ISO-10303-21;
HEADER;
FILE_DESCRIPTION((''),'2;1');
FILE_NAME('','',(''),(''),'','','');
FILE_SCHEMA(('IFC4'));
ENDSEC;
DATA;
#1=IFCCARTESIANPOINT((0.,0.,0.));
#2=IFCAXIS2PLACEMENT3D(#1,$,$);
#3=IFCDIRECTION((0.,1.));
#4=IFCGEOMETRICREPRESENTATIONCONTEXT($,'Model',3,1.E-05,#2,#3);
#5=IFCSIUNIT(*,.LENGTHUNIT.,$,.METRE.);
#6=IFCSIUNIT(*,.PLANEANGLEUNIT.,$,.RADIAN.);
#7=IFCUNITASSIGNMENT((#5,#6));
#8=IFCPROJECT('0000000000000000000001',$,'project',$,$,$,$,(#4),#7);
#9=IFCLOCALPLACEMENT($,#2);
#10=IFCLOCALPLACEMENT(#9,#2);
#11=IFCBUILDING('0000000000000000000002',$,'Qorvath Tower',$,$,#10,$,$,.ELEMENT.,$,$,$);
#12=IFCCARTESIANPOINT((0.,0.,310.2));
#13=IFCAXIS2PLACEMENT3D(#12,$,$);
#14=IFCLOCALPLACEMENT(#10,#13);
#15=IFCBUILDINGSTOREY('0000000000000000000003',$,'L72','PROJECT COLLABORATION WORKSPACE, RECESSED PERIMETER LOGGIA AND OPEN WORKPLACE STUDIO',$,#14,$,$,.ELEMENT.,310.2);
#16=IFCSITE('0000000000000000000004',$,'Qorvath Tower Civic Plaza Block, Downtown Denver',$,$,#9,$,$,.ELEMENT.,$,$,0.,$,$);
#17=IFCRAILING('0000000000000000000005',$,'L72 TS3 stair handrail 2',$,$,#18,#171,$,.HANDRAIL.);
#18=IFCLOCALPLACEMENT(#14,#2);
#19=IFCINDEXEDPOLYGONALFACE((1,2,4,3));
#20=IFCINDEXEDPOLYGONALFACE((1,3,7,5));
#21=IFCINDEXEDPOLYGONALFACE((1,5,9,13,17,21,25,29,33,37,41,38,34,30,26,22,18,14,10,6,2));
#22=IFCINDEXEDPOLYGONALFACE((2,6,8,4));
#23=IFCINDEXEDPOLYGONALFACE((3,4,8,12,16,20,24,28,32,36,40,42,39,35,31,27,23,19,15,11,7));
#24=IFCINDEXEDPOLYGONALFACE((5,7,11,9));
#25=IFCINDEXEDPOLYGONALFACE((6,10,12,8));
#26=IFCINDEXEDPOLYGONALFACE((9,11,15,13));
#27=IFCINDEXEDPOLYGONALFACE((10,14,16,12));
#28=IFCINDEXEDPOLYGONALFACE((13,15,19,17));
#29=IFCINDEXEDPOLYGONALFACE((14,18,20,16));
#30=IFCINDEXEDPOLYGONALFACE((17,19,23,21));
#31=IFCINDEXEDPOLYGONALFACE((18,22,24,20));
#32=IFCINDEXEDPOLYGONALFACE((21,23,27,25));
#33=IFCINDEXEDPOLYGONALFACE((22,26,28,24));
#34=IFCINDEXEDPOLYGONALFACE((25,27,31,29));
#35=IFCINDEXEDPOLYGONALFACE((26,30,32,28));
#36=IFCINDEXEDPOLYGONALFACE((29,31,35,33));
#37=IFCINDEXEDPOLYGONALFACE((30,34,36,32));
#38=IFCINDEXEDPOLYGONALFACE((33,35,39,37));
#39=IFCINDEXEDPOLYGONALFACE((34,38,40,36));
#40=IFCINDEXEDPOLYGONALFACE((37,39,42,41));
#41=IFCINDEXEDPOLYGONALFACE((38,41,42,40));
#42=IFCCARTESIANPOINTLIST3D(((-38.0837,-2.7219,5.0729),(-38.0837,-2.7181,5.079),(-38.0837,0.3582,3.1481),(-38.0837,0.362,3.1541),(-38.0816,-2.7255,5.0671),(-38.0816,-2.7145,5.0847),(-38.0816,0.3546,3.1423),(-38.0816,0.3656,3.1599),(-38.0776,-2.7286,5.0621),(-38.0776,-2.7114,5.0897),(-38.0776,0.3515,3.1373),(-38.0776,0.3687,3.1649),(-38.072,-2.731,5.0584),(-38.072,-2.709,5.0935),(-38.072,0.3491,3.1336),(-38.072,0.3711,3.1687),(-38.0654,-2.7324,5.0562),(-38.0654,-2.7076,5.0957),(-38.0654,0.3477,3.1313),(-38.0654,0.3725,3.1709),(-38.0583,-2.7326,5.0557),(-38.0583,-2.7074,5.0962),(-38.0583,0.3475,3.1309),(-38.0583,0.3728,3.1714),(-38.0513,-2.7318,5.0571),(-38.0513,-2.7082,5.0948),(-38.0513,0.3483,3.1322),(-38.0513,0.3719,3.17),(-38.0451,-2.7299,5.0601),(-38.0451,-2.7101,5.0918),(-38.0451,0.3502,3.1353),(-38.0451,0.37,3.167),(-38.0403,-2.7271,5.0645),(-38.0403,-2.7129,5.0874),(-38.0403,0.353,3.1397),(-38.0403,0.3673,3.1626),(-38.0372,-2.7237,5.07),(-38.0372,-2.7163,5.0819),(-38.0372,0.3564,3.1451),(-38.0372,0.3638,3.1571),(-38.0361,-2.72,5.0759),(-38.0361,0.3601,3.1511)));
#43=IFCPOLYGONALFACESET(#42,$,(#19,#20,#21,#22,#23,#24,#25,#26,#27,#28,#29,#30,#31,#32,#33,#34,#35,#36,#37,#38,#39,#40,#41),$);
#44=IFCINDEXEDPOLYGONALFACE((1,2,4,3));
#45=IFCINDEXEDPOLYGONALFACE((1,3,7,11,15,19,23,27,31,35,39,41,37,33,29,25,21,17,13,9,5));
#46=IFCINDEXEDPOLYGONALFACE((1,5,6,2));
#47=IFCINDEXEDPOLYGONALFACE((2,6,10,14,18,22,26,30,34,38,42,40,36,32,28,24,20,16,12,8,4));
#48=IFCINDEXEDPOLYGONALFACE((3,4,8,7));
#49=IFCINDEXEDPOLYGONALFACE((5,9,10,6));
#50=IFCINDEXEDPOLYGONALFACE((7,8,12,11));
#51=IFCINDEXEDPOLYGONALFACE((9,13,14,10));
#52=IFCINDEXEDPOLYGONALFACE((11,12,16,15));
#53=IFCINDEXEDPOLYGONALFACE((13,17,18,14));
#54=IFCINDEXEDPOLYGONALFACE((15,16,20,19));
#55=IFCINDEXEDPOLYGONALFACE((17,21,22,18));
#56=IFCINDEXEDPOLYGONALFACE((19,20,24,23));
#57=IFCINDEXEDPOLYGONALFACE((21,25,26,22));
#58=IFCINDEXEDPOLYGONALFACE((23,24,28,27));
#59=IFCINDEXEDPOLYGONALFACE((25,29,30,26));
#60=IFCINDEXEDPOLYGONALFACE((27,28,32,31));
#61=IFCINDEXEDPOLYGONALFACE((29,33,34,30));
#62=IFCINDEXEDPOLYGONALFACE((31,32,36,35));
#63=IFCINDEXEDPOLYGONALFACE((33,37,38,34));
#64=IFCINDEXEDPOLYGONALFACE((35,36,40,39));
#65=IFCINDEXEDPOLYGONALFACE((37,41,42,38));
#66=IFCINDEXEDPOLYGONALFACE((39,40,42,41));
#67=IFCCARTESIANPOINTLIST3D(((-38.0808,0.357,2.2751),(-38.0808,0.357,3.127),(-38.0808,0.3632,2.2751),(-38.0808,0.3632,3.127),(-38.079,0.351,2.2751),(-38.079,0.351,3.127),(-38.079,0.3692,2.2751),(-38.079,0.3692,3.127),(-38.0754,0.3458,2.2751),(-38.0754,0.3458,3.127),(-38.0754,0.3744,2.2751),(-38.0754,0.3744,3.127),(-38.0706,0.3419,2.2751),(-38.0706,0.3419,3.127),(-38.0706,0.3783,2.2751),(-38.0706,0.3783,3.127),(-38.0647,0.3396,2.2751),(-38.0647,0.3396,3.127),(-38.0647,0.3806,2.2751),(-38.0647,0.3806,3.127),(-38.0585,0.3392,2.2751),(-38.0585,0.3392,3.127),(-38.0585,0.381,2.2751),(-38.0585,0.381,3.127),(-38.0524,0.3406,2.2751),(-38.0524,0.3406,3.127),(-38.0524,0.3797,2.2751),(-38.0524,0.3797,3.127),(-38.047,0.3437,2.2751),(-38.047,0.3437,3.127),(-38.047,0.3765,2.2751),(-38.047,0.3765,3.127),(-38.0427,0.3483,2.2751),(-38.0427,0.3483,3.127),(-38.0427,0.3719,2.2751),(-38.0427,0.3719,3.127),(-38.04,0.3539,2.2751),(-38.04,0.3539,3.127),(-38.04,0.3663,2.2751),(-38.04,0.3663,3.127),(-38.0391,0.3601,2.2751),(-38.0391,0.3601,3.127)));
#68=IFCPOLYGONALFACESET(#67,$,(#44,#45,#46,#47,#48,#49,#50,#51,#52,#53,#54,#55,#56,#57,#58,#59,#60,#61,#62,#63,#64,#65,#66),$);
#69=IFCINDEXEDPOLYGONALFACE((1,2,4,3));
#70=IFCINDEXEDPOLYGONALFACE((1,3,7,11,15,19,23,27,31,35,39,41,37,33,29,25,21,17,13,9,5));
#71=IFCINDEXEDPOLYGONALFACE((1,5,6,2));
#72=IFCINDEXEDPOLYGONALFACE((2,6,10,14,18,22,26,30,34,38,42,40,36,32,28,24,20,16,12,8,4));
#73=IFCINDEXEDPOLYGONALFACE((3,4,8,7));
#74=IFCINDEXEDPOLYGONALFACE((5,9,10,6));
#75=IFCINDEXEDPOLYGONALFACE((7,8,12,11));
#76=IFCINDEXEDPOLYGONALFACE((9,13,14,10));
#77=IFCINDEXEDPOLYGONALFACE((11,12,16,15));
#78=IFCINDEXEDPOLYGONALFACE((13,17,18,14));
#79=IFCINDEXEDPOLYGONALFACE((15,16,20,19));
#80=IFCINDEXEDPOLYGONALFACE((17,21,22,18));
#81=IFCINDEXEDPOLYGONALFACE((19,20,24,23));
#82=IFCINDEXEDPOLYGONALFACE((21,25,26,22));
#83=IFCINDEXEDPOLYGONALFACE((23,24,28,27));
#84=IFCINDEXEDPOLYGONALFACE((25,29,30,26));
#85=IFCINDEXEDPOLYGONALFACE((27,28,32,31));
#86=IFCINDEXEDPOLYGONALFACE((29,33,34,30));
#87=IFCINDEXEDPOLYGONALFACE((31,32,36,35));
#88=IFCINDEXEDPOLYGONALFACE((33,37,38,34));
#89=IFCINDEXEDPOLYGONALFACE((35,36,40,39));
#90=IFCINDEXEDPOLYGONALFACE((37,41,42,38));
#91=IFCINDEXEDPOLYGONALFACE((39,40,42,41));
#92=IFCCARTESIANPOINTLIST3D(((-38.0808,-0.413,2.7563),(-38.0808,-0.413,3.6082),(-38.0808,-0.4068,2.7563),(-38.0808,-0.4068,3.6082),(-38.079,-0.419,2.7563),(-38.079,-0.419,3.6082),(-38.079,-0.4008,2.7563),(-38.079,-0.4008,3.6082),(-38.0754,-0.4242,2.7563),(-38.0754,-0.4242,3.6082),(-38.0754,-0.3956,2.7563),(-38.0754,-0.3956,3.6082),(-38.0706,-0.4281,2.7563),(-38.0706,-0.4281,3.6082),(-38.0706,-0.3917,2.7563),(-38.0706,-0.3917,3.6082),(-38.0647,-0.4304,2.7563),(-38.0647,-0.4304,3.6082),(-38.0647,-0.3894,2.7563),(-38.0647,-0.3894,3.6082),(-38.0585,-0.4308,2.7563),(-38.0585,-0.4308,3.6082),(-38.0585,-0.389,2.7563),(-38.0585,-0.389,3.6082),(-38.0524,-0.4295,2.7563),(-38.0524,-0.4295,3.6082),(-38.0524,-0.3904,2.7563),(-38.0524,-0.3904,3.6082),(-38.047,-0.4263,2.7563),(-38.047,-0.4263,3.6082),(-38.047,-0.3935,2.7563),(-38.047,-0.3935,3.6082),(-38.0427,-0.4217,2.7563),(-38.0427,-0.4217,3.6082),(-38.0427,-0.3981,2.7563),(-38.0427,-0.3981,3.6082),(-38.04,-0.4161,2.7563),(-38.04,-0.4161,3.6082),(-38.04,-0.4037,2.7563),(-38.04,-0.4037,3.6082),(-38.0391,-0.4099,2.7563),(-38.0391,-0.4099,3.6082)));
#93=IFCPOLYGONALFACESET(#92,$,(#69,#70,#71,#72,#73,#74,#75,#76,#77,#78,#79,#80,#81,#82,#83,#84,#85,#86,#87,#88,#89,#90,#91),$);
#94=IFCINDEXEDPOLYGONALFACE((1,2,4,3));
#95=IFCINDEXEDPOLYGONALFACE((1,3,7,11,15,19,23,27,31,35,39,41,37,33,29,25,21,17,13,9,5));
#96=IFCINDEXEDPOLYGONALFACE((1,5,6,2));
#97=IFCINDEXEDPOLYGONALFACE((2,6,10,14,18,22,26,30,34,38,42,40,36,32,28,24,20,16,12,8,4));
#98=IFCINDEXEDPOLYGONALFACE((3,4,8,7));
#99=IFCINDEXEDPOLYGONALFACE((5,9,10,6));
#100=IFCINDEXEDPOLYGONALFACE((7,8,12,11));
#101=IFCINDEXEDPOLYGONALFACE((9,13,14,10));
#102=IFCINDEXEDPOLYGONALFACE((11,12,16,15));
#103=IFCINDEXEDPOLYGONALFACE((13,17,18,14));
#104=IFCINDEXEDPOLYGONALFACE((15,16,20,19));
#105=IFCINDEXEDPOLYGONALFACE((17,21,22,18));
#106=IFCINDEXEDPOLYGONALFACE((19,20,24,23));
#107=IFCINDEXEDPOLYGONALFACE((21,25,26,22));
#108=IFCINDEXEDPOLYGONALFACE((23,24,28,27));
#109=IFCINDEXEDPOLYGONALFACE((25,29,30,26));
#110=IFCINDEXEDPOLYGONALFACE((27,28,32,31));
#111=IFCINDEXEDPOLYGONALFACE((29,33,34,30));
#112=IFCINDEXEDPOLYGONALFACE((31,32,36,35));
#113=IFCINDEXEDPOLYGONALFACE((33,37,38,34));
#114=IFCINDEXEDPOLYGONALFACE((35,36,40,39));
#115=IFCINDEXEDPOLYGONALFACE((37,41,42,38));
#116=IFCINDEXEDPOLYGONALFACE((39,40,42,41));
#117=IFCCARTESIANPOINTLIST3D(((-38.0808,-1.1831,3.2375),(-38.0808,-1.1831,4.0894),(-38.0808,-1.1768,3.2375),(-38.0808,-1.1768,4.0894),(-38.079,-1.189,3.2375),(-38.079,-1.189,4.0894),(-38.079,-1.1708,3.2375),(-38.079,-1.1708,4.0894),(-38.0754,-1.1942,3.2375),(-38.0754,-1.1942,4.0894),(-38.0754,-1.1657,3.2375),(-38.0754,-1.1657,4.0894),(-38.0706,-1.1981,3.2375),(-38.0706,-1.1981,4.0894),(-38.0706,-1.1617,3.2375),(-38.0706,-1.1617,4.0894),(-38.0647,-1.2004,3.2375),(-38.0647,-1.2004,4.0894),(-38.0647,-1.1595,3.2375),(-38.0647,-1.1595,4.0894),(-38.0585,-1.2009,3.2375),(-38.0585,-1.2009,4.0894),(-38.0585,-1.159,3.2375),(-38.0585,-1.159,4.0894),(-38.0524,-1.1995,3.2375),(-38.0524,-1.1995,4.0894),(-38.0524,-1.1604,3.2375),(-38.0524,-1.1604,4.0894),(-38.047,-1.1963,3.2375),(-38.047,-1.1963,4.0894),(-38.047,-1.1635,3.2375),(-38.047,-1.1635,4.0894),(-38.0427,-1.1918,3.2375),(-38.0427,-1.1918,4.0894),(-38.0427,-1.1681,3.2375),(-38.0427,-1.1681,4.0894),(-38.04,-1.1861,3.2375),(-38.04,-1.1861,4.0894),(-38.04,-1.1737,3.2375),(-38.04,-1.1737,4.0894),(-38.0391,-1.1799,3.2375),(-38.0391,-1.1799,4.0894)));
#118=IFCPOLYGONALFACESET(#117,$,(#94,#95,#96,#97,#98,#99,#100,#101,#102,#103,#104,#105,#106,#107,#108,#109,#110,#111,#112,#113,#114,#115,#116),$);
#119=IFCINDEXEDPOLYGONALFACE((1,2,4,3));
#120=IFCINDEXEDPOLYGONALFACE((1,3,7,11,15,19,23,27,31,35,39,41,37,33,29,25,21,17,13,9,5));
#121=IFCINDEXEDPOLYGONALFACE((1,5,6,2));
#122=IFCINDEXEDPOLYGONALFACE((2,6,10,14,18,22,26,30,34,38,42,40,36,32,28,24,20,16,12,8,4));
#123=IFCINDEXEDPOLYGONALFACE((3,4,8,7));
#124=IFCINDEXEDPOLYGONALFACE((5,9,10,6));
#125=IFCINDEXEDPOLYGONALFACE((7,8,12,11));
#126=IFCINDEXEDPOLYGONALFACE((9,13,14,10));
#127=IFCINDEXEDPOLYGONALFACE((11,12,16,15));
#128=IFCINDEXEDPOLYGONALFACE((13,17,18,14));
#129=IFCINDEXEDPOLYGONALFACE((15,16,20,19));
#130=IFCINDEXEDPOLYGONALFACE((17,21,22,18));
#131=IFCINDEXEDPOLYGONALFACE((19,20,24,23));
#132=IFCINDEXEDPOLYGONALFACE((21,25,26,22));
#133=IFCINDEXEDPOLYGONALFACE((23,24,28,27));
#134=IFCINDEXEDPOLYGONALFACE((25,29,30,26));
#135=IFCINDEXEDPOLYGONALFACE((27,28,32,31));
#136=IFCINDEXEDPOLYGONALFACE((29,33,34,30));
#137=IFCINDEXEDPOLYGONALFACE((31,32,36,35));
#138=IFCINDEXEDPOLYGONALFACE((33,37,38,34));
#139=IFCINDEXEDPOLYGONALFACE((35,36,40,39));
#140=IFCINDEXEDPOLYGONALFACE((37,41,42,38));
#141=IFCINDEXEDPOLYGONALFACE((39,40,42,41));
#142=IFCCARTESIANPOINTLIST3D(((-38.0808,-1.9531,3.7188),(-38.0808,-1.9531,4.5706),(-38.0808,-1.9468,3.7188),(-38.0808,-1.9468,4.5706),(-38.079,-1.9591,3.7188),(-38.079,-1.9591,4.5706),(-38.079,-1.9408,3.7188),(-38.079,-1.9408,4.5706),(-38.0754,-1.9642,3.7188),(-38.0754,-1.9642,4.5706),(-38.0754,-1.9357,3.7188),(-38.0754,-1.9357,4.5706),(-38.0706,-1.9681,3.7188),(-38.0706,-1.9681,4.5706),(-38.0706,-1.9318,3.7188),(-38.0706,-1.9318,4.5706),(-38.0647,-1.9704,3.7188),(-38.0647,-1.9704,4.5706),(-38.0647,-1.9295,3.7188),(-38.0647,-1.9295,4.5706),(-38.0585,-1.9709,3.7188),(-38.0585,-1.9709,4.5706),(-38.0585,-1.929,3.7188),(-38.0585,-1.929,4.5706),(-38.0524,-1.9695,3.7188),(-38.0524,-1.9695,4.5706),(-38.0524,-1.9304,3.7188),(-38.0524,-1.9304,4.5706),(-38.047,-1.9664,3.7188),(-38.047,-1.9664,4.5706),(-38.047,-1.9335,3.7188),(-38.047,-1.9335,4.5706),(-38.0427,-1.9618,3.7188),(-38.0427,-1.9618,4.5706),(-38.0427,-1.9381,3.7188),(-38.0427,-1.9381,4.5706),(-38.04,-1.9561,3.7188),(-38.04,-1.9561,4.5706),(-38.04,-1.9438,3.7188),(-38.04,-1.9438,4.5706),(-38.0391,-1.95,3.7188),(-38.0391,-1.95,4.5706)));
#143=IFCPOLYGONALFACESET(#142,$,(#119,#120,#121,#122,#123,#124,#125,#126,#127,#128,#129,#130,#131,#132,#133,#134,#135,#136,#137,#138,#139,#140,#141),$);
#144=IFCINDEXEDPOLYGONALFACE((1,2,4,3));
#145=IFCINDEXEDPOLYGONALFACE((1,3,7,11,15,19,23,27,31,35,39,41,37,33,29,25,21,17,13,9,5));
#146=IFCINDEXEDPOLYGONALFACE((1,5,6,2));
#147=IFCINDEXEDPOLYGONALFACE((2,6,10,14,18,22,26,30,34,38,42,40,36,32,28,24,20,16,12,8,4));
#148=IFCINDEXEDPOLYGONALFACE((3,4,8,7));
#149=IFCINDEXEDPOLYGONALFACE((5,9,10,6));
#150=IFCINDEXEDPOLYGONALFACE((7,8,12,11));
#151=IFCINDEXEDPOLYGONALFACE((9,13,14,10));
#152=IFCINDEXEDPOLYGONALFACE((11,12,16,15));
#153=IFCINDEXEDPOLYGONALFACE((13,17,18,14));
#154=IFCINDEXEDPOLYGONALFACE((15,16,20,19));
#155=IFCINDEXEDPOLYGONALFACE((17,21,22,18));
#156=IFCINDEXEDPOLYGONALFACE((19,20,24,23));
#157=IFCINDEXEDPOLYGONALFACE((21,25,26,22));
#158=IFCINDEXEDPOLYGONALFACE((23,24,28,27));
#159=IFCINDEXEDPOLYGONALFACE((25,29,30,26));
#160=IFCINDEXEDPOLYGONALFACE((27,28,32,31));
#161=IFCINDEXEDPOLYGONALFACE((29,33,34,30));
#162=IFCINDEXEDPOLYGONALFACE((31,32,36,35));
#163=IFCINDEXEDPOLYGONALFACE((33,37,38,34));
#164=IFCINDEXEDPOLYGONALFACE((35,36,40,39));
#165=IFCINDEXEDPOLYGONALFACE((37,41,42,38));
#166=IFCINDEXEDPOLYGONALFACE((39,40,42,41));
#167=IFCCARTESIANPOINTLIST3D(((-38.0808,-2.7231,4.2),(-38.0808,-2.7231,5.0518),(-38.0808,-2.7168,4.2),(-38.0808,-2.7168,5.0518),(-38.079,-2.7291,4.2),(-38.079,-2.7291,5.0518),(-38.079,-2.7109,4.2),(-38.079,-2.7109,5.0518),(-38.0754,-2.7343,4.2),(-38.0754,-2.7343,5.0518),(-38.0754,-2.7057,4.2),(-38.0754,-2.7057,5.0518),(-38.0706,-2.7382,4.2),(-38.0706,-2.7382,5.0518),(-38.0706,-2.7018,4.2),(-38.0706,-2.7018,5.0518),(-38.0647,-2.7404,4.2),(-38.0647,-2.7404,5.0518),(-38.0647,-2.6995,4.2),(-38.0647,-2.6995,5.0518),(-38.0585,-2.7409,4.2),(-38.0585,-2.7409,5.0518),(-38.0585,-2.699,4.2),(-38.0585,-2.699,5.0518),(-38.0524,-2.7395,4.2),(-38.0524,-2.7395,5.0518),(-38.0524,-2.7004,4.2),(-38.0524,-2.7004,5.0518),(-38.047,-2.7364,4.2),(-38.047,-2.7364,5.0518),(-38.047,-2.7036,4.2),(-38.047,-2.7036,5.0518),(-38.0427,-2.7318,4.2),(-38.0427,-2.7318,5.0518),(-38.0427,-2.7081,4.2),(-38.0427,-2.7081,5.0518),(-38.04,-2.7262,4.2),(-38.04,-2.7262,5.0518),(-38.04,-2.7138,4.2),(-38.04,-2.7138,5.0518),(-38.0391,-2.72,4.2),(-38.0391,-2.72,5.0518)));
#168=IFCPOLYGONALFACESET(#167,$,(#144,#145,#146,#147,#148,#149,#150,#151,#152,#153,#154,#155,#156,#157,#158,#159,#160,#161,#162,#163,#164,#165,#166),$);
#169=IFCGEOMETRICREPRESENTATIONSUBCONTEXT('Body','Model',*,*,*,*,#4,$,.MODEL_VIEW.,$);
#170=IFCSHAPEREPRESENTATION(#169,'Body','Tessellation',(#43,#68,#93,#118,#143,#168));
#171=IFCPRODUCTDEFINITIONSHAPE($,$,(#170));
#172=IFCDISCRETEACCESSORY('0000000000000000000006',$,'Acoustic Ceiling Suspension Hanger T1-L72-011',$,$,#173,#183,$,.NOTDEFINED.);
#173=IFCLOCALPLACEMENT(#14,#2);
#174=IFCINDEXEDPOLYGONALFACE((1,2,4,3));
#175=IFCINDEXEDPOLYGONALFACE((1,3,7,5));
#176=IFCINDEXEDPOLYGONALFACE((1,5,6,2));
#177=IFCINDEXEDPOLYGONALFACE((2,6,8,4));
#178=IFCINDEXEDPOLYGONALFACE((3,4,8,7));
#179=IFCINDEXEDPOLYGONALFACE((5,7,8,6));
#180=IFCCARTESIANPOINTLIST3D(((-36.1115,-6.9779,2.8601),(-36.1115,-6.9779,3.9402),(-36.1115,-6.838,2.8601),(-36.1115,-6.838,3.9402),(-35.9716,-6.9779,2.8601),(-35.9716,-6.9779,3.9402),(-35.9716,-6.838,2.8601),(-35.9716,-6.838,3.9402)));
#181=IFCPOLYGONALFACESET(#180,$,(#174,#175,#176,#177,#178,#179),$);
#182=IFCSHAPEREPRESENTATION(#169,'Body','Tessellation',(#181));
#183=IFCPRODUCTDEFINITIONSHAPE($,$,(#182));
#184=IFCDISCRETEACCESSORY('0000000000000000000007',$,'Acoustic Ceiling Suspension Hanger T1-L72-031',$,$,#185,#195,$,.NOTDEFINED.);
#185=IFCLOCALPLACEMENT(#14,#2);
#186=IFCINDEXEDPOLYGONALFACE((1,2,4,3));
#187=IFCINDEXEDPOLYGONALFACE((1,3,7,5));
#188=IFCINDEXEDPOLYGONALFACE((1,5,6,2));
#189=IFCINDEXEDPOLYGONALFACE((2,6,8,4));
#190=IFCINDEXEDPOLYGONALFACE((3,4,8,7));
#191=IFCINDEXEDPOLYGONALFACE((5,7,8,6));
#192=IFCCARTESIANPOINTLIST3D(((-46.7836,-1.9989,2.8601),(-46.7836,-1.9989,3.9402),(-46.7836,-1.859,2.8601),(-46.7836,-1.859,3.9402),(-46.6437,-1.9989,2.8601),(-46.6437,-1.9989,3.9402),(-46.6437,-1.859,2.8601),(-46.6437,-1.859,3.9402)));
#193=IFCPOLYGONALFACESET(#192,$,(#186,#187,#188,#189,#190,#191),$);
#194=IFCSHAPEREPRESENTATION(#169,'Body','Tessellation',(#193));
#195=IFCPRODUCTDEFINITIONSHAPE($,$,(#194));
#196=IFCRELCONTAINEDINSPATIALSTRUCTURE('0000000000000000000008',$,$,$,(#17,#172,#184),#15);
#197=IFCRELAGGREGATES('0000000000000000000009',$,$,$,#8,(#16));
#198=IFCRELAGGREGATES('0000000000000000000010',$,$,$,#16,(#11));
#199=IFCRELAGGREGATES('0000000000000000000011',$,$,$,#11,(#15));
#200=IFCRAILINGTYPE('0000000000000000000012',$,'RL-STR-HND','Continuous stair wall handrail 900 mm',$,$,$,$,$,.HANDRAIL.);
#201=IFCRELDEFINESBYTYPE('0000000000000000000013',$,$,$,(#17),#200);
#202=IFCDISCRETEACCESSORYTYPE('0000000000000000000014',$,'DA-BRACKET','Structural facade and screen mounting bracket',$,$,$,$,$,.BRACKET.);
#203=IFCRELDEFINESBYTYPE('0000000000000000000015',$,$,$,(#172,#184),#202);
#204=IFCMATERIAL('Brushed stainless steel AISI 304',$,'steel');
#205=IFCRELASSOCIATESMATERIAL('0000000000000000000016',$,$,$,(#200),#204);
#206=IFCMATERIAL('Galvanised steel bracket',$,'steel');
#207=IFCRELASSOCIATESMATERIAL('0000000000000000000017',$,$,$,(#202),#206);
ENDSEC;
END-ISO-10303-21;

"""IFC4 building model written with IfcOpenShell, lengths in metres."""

from ifc_helpers import new_model, si_unit, direction, frame, origin, origin_2d, place, context, subcontext, project, spatial, rectangle, circle, extrude, material, type_object, element, save


model = new_model("IFC4")

# Units and contexts
model_context = context("Model", 3, precision=1e-05, world=origin(), true_north=direction((0.0, 1.0)))
body_context = subcontext(model_context, "Body", "Model", "MODEL_VIEW")
ifc_project = project(units=[si_unit("LENGTHUNIT", "METRE"), si_unit("PLANEANGLEUNIT", "RADIAN")], contexts=[model_context])

# Site, building, storey
site_placement = place(None, origin())
site = spatial("IfcSite", under=ifc_project, at=site_placement, Name="Qorvath Tower Civic Plaza Block, Downtown Denver", CompositionType="ELEMENT", RefElevation=0.0)
building_placement = place(site_placement, origin())
building = spatial("IfcBuilding", under=site, at=building_placement, Name="Qorvath Tower", CompositionType="ELEMENT")
storey_placement = place(building_placement, frame((0.0, 0.0, 310.2)))
storey = spatial("IfcBuildingStorey", under=building, at=storey_placement, Name="L72", Description="PROJECT COLLABORATION WORKSPACE, RECESSED PERIMETER LOGGIA AND OPEN WORKPLACE STUDIO", CompositionType="ELEMENT", Elevation=310.2)

# Railing
ifc_material_1 = material(Name="Brushed stainless steel AISI 304", Category="steel")
railing_type_1 = type_object("IfcRailingType", Name="RL-STR-HND", Description="Continuous stair wall handrail 900 mm", PredefinedType="HANDRAIL", material=ifc_material_1)
railing_1_placement = place(storey_placement, frame((-38.0601, 0.3601, 2.2751)))
element("IfcRailing", 1, at=railing_1_placement, inside=storey, type_object=railing_type_1, Name="L72 TS3 stair handrail 2", PredefinedType="HANDRAIL", context=body_context, shape_type="SweptSolid", body=[
    extrude(circle(Radius=0.0239, at=origin_2d()), frame((0.0, 0.0, 0.876), z_axis=(0.0, -0.848029, 0.529951), x_axis=(1.0, 0.0, 0.0)), (0.0, 0.0, 1.0), 3.6321),
    extrude(circle(Radius=0.021, at=origin_2d()), origin(), (0.0, 0.0, 1.0), 0.8518),
    extrude(circle(Radius=0.021, at=origin_2d()), frame((0.0, -0.77, 0.4812)), (0.0, 0.0, 1.0), 0.8518),
    extrude(circle(Radius=0.021, at=origin_2d()), frame((0.0, -1.54, 0.9624)), (0.0, 0.0, 1.0), 0.8518),
    extrude(circle(Radius=0.021, at=origin_2d()), frame((0.0, -2.3101, 1.4436)), (0.0, 0.0, 1.0), 0.8518),
    extrude(circle(Radius=0.021, at=origin_2d()), frame((0.0, -3.0801, 1.9248)), (0.0, 0.0, 1.0), 0.8518),
])

# Discrete accessories
ifc_material_2 = material(Name="Galvanised steel bracket", Category="steel")
discrete_accessory_type = type_object("IfcDiscreteAccessoryType", Name="DA-BRACKET", Description="Structural facade and screen mounting bracket", PredefinedType="BRACKET", material=ifc_material_2)
for number, where, z_axis, x_axis, name in (
    (2, (-36.0415, -6.908, 2.8601), (0.0, 0.0, 1.0), (1.0, 0.0, 0.0), "Acoustic Ceiling Suspension Hanger T1-L72-011"),
    (3, (-46.7136, -1.929, 2.8601), (0.0, 0.0, 1.0), (1.0, 0.0, 0.0), "Acoustic Ceiling Suspension Hanger T1-L72-031"),
):
    element("IfcDiscreteAccessory", number, at=place(storey_placement, frame(where, z_axis=z_axis, x_axis=x_axis)), inside=storey, type_object=discrete_accessory_type, Name=name, PredefinedType="NOTDEFINED", context=body_context, shape_type="SweptSolid", body=[
        extrude(rectangle(XDim=0.1399, YDim=0.1399, at=origin_2d()), origin(), (0.0, 0.0, 1.0), 1.0801),
    ])

save(model, "model.ifc")
